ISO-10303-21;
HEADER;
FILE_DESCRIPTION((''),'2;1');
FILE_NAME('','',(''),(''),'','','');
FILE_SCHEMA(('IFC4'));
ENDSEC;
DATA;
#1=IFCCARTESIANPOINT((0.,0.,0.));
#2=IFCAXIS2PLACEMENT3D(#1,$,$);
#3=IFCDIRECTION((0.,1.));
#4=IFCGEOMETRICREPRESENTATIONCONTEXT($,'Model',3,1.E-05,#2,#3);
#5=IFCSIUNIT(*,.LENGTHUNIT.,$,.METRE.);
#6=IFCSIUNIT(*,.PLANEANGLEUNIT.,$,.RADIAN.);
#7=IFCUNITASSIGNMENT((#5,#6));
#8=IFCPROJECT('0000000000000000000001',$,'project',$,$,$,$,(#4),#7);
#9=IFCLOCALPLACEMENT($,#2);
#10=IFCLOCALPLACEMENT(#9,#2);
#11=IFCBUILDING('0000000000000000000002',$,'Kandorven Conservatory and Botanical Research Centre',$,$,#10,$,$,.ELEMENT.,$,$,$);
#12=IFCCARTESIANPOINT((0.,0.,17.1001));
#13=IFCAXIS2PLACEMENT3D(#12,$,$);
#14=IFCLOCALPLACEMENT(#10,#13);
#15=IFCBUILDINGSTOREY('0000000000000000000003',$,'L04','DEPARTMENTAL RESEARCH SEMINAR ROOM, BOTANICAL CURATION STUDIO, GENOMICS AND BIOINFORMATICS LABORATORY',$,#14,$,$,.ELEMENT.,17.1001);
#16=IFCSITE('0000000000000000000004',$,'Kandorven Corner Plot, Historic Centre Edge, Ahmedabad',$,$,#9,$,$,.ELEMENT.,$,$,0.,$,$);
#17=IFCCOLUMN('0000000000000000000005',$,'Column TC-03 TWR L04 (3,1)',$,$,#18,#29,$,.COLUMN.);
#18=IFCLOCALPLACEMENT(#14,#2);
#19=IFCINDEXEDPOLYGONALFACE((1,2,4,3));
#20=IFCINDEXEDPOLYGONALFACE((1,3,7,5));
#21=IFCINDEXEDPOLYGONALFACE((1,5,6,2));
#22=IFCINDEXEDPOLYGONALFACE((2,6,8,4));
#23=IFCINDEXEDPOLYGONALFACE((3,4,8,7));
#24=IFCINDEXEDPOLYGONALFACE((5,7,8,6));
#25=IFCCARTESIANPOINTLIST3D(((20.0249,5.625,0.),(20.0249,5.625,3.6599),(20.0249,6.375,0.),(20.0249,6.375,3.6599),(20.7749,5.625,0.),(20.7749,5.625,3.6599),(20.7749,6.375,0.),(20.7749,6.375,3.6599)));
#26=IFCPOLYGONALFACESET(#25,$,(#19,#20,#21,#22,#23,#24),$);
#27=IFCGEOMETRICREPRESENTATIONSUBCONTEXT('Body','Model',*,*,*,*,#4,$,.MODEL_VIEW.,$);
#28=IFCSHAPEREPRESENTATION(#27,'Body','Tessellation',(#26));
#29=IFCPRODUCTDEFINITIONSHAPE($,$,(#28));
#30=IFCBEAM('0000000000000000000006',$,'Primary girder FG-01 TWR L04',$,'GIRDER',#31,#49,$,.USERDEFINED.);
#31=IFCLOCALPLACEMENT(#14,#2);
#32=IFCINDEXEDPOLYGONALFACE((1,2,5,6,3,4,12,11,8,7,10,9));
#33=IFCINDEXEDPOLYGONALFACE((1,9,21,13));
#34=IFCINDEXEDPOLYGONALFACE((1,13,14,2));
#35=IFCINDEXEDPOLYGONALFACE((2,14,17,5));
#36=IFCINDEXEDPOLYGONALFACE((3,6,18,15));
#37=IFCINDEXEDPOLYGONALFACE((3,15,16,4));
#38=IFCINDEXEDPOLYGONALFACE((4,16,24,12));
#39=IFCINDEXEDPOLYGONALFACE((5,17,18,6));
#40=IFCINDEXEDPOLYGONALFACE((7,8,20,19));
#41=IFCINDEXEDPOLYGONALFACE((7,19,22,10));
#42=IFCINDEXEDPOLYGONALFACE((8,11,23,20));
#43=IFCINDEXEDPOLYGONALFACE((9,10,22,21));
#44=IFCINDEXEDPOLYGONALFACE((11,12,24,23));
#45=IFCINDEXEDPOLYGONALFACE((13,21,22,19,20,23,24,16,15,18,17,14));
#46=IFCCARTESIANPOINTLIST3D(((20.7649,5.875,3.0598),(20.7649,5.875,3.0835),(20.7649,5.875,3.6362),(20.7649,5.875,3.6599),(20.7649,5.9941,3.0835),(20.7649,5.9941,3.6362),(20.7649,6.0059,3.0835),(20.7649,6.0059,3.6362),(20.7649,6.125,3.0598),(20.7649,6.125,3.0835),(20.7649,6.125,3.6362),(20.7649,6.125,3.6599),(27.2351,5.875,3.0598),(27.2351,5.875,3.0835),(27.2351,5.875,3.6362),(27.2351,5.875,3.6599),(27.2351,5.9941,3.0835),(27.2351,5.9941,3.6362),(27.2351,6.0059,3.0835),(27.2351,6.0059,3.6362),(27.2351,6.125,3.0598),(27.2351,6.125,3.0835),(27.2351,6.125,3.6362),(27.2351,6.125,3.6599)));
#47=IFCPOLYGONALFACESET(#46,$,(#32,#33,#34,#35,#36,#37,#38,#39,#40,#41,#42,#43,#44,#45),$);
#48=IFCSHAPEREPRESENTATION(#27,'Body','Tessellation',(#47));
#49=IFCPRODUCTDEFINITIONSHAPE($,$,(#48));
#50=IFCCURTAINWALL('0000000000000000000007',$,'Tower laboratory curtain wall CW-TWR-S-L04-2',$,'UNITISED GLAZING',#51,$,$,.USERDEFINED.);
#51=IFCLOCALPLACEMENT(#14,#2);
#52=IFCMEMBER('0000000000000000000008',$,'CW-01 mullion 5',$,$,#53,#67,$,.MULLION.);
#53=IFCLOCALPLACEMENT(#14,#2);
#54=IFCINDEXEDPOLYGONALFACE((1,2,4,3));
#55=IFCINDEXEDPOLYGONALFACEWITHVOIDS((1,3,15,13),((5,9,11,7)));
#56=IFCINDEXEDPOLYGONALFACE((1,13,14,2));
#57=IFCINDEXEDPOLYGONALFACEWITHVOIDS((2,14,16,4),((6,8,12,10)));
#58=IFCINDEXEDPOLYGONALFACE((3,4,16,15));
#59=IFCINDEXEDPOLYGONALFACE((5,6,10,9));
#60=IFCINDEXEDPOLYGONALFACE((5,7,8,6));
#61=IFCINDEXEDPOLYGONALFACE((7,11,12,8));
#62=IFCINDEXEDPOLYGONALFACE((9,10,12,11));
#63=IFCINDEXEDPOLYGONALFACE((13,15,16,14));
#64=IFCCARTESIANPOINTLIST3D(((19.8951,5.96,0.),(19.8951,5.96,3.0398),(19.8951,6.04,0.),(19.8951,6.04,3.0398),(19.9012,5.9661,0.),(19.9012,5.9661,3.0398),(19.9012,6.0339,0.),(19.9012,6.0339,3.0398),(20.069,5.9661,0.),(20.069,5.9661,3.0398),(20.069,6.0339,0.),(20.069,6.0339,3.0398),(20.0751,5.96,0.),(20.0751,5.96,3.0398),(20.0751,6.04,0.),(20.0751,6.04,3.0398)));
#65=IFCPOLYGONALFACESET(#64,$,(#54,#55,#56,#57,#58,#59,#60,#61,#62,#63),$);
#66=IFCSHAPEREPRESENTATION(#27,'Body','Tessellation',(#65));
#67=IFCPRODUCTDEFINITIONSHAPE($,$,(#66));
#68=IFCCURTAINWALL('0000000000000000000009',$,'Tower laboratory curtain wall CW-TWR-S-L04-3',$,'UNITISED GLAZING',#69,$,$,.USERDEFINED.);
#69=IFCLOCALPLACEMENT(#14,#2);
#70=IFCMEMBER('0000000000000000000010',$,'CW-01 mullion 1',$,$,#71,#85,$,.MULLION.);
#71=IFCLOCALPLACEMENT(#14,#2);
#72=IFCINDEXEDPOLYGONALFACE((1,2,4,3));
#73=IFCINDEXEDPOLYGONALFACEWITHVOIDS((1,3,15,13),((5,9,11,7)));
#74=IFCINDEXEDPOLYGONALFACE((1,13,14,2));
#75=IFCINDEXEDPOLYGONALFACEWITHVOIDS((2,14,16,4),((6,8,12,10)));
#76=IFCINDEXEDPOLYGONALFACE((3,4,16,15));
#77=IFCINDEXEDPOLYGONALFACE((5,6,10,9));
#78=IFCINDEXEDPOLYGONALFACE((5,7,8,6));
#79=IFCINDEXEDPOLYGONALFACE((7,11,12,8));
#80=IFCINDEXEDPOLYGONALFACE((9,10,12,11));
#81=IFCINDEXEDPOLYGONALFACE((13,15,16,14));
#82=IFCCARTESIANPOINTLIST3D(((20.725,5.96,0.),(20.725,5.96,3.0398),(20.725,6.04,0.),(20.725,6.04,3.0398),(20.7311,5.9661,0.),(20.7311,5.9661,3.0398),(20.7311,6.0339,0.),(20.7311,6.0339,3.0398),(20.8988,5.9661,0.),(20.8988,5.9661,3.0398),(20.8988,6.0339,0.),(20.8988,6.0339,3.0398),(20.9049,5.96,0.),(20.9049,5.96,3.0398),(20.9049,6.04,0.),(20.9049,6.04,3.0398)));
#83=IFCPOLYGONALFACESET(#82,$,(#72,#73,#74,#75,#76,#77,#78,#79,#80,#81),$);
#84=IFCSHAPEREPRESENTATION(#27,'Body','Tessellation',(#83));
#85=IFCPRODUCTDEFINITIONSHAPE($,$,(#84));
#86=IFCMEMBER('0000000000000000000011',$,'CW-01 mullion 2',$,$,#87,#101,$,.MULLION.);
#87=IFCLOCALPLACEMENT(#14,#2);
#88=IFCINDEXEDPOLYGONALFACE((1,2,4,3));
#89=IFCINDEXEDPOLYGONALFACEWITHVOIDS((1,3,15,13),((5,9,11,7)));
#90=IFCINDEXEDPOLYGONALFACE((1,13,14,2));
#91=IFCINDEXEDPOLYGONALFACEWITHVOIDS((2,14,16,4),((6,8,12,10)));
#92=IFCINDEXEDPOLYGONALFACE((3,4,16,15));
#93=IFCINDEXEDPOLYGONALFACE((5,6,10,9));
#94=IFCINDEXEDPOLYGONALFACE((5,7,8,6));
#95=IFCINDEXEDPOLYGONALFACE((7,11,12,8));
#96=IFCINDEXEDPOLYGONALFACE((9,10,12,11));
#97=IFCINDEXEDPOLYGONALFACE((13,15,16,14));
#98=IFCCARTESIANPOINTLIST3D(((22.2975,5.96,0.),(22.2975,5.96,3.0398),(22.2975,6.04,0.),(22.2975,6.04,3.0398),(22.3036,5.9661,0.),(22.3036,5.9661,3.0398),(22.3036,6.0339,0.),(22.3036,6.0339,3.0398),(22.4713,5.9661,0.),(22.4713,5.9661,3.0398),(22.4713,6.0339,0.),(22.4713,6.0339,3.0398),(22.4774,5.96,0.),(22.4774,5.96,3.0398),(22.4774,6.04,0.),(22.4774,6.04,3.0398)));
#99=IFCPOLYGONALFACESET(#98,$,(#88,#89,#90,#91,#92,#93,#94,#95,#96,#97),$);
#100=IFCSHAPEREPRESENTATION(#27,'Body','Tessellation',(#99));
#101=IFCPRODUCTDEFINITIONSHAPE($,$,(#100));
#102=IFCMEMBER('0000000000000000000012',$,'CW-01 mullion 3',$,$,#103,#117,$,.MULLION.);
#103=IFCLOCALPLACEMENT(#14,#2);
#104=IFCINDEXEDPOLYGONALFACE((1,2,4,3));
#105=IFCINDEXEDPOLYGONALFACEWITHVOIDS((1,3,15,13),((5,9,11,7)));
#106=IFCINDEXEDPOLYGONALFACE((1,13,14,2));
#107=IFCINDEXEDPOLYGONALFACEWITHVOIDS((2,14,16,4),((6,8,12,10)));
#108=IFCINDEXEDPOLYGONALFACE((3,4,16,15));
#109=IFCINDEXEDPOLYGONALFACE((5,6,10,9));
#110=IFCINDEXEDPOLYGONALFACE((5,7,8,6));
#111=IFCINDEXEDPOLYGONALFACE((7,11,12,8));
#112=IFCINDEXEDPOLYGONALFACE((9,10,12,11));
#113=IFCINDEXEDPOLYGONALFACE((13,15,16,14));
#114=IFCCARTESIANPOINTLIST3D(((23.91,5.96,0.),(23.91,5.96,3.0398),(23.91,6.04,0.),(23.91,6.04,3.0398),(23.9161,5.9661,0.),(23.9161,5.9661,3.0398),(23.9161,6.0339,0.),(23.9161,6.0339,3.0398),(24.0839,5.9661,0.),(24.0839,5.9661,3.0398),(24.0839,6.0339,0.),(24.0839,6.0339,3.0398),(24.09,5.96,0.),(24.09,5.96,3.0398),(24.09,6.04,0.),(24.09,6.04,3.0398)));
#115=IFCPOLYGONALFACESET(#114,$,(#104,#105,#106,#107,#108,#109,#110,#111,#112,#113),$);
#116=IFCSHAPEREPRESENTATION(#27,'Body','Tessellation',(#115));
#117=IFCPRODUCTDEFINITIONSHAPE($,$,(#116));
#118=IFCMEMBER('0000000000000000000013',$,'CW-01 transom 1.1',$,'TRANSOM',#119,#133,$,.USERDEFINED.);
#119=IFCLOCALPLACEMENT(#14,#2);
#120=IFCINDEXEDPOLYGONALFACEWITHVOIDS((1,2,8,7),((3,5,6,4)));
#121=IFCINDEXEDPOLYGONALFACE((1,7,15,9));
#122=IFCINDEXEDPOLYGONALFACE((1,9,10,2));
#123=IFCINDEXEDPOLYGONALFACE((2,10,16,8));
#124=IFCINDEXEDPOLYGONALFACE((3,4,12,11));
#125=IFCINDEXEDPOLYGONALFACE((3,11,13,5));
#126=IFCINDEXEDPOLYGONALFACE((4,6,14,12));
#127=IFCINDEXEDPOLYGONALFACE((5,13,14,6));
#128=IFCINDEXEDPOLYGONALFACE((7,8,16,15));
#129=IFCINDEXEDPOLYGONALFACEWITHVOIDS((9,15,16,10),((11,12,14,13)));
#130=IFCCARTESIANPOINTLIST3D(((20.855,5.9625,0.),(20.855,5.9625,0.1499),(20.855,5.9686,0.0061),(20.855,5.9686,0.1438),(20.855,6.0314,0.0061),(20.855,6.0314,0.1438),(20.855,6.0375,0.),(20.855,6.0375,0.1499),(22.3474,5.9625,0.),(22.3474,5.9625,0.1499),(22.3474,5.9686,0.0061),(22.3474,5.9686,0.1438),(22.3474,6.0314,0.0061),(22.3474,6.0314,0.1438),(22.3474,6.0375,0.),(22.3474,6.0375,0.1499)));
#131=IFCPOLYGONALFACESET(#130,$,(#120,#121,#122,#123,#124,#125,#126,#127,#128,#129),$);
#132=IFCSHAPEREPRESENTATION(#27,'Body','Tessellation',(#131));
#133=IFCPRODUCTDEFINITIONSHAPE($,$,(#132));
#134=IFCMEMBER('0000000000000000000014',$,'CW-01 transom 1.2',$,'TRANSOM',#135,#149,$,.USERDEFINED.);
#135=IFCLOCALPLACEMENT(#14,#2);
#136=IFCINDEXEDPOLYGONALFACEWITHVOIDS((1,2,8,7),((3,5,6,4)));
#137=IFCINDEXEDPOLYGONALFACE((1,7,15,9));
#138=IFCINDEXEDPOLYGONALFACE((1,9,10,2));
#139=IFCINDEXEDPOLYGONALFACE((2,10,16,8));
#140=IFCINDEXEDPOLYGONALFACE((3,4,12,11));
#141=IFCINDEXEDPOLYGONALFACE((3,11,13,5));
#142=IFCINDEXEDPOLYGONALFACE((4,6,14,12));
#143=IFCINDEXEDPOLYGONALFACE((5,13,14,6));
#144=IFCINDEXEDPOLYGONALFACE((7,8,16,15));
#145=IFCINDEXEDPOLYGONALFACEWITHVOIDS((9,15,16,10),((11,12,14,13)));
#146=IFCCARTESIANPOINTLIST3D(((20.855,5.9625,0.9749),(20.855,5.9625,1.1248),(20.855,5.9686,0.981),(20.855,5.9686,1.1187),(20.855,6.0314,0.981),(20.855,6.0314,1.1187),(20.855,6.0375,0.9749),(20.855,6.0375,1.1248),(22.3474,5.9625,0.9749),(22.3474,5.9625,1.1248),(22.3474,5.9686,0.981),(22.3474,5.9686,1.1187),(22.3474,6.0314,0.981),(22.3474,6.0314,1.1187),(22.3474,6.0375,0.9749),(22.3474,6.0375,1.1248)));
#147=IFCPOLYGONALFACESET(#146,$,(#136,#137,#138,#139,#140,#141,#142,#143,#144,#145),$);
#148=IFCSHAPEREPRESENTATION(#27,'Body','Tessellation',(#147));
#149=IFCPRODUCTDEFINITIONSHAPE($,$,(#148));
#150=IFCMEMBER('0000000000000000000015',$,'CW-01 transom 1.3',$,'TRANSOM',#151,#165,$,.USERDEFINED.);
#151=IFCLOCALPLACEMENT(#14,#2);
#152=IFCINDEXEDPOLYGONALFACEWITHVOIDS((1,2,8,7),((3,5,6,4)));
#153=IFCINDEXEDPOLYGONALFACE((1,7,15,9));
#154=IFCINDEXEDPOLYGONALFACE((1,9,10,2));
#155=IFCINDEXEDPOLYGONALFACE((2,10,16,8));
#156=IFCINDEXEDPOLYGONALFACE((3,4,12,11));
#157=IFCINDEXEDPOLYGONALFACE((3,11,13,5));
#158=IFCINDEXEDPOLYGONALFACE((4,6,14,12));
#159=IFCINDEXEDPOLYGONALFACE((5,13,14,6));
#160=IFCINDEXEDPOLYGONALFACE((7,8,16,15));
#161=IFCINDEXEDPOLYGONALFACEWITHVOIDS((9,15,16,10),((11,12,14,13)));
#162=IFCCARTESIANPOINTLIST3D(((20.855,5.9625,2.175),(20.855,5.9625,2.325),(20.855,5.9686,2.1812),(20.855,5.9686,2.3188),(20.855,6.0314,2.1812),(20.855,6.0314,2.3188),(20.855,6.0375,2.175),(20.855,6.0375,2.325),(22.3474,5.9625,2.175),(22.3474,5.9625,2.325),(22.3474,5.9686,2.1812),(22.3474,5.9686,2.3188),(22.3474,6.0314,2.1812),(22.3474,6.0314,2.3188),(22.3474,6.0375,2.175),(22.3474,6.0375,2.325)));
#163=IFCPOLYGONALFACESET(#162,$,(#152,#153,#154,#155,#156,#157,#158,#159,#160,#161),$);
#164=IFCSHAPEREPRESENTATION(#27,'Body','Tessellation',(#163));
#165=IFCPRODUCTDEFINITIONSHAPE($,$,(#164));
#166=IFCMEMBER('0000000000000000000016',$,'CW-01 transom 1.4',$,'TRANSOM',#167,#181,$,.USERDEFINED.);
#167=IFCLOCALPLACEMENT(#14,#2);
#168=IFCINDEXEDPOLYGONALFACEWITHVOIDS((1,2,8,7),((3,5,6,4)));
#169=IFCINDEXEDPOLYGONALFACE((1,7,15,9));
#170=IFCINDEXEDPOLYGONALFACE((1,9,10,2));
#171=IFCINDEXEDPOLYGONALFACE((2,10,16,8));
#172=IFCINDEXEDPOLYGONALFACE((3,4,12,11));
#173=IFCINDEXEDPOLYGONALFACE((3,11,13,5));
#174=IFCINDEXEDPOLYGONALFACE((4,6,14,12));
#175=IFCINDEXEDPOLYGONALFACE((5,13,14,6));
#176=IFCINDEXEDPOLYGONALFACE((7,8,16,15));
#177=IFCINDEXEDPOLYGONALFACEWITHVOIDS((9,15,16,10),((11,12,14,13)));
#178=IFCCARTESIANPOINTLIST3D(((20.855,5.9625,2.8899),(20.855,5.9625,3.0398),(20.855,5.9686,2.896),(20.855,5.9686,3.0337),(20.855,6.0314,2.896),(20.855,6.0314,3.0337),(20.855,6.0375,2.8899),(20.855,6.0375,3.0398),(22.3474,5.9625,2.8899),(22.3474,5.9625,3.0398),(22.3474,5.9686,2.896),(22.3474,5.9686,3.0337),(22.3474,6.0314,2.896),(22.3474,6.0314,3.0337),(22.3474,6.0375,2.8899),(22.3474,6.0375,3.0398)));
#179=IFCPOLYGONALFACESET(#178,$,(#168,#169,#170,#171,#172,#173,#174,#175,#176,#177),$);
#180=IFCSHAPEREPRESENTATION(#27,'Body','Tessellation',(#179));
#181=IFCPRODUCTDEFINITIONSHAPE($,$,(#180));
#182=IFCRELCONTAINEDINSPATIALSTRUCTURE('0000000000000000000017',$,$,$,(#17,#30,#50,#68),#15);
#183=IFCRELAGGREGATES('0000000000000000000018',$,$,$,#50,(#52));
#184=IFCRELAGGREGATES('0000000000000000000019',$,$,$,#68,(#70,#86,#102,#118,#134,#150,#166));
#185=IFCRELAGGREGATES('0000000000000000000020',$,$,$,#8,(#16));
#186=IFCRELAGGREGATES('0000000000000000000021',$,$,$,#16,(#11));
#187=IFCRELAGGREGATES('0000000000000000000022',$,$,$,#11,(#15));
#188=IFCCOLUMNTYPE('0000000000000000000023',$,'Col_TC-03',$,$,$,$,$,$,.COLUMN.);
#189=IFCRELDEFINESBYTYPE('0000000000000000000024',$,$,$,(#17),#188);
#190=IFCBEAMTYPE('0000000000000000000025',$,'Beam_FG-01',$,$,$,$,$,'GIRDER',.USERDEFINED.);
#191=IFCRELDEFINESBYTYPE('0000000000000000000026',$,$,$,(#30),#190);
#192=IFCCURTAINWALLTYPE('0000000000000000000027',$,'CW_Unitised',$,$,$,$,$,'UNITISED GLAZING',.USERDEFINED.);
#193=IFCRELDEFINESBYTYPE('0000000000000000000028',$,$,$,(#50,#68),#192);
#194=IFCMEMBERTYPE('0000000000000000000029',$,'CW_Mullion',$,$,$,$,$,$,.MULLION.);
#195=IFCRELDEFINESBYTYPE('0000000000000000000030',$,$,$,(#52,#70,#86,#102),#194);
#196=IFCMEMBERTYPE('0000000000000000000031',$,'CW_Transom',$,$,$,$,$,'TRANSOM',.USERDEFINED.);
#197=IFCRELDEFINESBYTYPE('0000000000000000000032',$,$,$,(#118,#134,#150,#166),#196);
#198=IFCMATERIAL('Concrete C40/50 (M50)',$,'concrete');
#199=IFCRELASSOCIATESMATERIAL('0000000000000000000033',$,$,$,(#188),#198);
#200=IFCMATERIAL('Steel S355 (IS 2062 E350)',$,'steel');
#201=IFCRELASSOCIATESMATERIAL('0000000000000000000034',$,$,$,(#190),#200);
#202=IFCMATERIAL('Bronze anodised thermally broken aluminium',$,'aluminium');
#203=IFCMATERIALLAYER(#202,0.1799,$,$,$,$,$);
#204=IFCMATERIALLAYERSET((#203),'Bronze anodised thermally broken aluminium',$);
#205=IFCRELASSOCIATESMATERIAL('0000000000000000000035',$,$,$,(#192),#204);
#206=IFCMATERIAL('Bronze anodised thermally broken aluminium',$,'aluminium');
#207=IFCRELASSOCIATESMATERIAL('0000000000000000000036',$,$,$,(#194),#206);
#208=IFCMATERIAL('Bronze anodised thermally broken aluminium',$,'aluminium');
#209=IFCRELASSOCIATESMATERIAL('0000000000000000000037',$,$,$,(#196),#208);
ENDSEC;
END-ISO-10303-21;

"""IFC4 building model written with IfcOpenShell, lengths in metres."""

from ifc_helpers import new_model, si_unit, direction, frame, origin, origin_2d, place, context, subcontext, project, spatial, rectangle, hollow_rectangle, i_section, extrude, material, layer, layer_set, material_profile, profile_set, type_object, element, aggregate, save


model = new_model("IFC4")

# Units and contexts
model_context = context("Model", 3, precision=1e-05, world=origin(), true_north=direction((0.0, 1.0)))
body_context = subcontext(model_context, "Body", "Model", "MODEL_VIEW")
ifc_project = project(units=[si_unit("LENGTHUNIT", "METRE"), si_unit("PLANEANGLEUNIT", "RADIAN")], contexts=[model_context])

# Site, building, storey
site_placement = place(None, origin())
site = spatial("IfcSite", under=ifc_project, at=site_placement, Name="Kandorven Corner Plot, Historic Centre Edge, Ahmedabad", CompositionType="ELEMENT", RefElevation=0.0)
building_placement = place(site_placement, origin())
building = spatial("IfcBuilding", under=site, at=building_placement, Name="Kandorven Conservatory and Botanical Research Centre", CompositionType="ELEMENT")
storey_placement = place(building_placement, frame((0.0, 0.0, 17.1001)))
storey = spatial("IfcBuildingStorey", under=building, at=storey_placement, Name="L04", Description="DEPARTMENTAL RESEARCH SEMINAR ROOM, BOTANICAL CURATION STUDIO, GENOMICS AND BIOINFORMATICS LABORATORY", CompositionType="ELEMENT", Elevation=17.1001)

# Column
ifc_material_1 = material(Name="Concrete C40/50 (M50)", Category="concrete")
ifc_material_profile_1 = material_profile(ifc_material_1, rectangle(XDim=0.75, YDim=0.75, at=origin_2d()))
ifc_profile_set_1 = profile_set([ifc_material_profile_1], Name="Concrete C40/50 (M50)")
column_type = type_object("IfcColumnType", Name="Col_TC-03", PredefinedType="COLUMN", material=ifc_profile_set_1)
column_placement = place(storey_placement, frame((20.3999, 6.0, 0.0), z_axis=(0.0, 0.0, 1.0), x_axis=(1.0, 0.0, 0.0)))
element("IfcColumn", 1, at=column_placement, inside=storey, type_object=column_type, Name="Column TC-03 TWR L04 (3,1)", PredefinedType="COLUMN", context=body_context, shape_type="SweptSolid", body=[
    extrude(rectangle(XDim=0.75, YDim=0.75, at=origin_2d()), origin(), (0.0, 0.0, 1.0), 3.6599),
])

# Beam
ifc_material_2 = material(Name="Steel S355 (IS 2062 E350)", Category="steel")
ifc_material_profile_2 = material_profile(ifc_material_2, i_section(OverallWidth=0.25, OverallDepth=0.6001, WebThickness=0.0117, FlangeThickness=0.0237, at=origin_2d()))
ifc_profile_set_2 = profile_set([ifc_material_profile_2], Name="Steel S355 (IS 2062 E350)")
beam_type = type_object("IfcBeamType", Name="Beam_FG-01", ElementType="GIRDER", PredefinedType="USERDEFINED", material=ifc_profile_set_2)
beam_placement = place(storey_placement, frame((20.7649, 6.0, 3.3599), z_axis=(1.0, 0.0, 0.0), x_axis=(0.0, 1.0, 0.0)))
element("IfcBeam", 2, at=beam_placement, inside=storey, type_object=beam_type, Name="Primary girder FG-01 TWR L04", ObjectType="GIRDER", PredefinedType="USERDEFINED", context=body_context, shape_type="SweptSolid", body=[
    extrude(i_section(OverallWidth=0.25, OverallDepth=0.6001, WebThickness=0.0117, FlangeThickness=0.0237, at=origin_2d()), origin(), (0.0, 0.0, 1.0), 6.4702),
])

# Curtain wall, member
ifc_material_3 = material(Name="Bronze anodised thermally broken aluminium", Category="aluminium")
ifc_layer_1 = layer(ifc_material_3, 0.1799)
ifc_layer_set_1 = layer_set([ifc_layer_1], Name="Bronze anodised thermally broken aluminium")
curtain_wall_type = type_object("IfcCurtainWallType", Name="CW_Unitised", ElementType="UNITISED GLAZING", PredefinedType="USERDEFINED", material=ifc_layer_set_1)
curtain_wall_1_placement = place(storey_placement, origin())
curtain_wall_1 = element("IfcCurtainWall", 3, at=curtain_wall_1_placement, inside=storey, type_object=curtain_wall_type, Name="Tower laboratory curtain wall CW-TWR-S-L04-2", ObjectType="UNITISED GLAZING", PredefinedType="USERDEFINED")
ifc_material_4 = material(Name="Bronze anodised thermally broken aluminium", Category="aluminium")
ifc_material_profile_3 = material_profile(ifc_material_4, hollow_rectangle(XDim=0.0801, YDim=0.1799, WallThickness=0.0061, at=origin_2d()))
ifc_profile_set_3 = profile_set([ifc_material_profile_3], Name="Bronze anodised thermally broken aluminium")
member_type_1 = type_object("IfcMemberType", Name="CW_Mullion", PredefinedType="MULLION", material=ifc_profile_set_3)
member_1_placement = place(storey_placement, frame((19.9851, 6.0, 0.0), z_axis=(0.0, 0.0, 1.0), x_axis=(0.0, 1.0, 0.0)))
member_1 = element("IfcMember", 4, at=member_1_placement, type_object=member_type_1, Name="CW-01 mullion 5", PredefinedType="MULLION", context=body_context, shape_type="SweptSolid", body=[
    extrude(hollow_rectangle(XDim=0.0801, YDim=0.1799, WallThickness=0.0061, at=origin_2d()), origin(), (0.0, 0.0, 1.0), 3.0398),
])

# Curtain wall, members
curtain_wall_2_placement = place(storey_placement, origin())
curtain_wall_2 = element("IfcCurtainWall", 5, at=curtain_wall_2_placement, inside=storey, type_object=curtain_wall_type, Name="Tower laboratory curtain wall CW-TWR-S-L04-3", ObjectType="UNITISED GLAZING", PredefinedType="USERDEFINED")
member_2_placement = place(storey_placement, frame((20.8149, 6.0, 0.0), z_axis=(0.0, 0.0, 1.0), x_axis=(0.0, 1.0, 0.0)))
member_2 = element("IfcMember", 6, at=member_2_placement, type_object=member_type_1, Name="CW-01 mullion 1", PredefinedType="MULLION", context=body_context, shape_type="SweptSolid", body=[
    extrude(hollow_rectangle(XDim=0.0801, YDim=0.1799, WallThickness=0.0061, at=origin_2d()), origin(), (0.0, 0.0, 1.0), 3.0398),
])
member_3_placement = place(storey_placement, frame((22.3875, 6.0, 0.0), z_axis=(0.0, 0.0, 1.0), x_axis=(0.0, 1.0, 0.0)))
member_3 = element("IfcMember", 7, at=member_3_placement, type_object=member_type_1, Name="CW-01 mullion 2", PredefinedType="MULLION", context=body_context, shape_type="SweptSolid", body=[
    extrude(hollow_rectangle(XDim=0.0801, YDim=0.1799, WallThickness=0.0061, at=origin_2d()), origin(), (0.0, 0.0, 1.0), 3.0398),
])
member_4_placement = place(storey_placement, frame((24.0, 6.0, 0.0), z_axis=(0.0, 0.0, 1.0), x_axis=(0.0, 1.0, 0.0)))
member_4 = element("IfcMember", 8, at=member_4_placement, type_object=member_type_1, Name="CW-01 mullion 3", PredefinedType="MULLION", context=body_context, shape_type="SweptSolid", body=[
    extrude(hollow_rectangle(XDim=0.0801, YDim=0.1799, WallThickness=0.0061, at=origin_2d()), origin(), (0.0, 0.0, 1.0), 3.0398),
])
ifc_material_5 = material(Name="Bronze anodised thermally broken aluminium", Category="aluminium")
ifc_material_profile_4 = material_profile(ifc_material_5, hollow_rectangle(XDim=0.075, YDim=0.1499, WallThickness=0.0061, at=origin_2d()))
ifc_profile_set_4 = profile_set([ifc_material_profile_4], Name="Bronze anodised thermally broken aluminium")
member_type_2 = type_object("IfcMemberType", Name="CW_Transom", ElementType="TRANSOM", PredefinedType="USERDEFINED", material=ifc_profile_set_4)
member_5_placement = place(storey_placement, frame((20.855, 6.0, 0.075), z_axis=(1.0, 0.0, 0.0), x_axis=(0.0, 1.0, 0.0)))
member_5 = element("IfcMember", 9, at=member_5_placement, type_object=member_type_2, Name="CW-01 transom 1.1", ObjectType="TRANSOM", PredefinedType="USERDEFINED", context=body_context, shape_type="SweptSolid", body=[
    extrude(hollow_rectangle(XDim=0.075, YDim=0.1499, WallThickness=0.0061, at=origin_2d()), origin(), (0.0, 0.0, 1.0), 1.4924),
])
member_6_placement = place(storey_placement, frame((20.855, 6.0, 1.0498), z_axis=(1.0, 0.0, 0.0), x_axis=(0.0, 1.0, 0.0)))
member_6 = element("IfcMember", 10, at=member_6_placement, type_object=member_type_2, Name="CW-01 transom 1.2", ObjectType="TRANSOM", PredefinedType="USERDEFINED", context=body_context, shape_type="SweptSolid", body=[
    extrude(hollow_rectangle(XDim=0.075, YDim=0.1499, WallThickness=0.0061, at=origin_2d()), origin(), (0.0, 0.0, 1.0), 1.4924),
])
member_7_placement = place(storey_placement, frame((20.855, 6.0, 2.25), z_axis=(1.0, 0.0, 0.0), x_axis=(0.0, 1.0, 0.0)))
member_7 = element("IfcMember", 11, at=member_7_placement, type_object=member_type_2, Name="CW-01 transom 1.3", ObjectType="TRANSOM", PredefinedType="USERDEFINED", context=body_context, shape_type="SweptSolid", body=[
    extrude(hollow_rectangle(XDim=0.075, YDim=0.1499, WallThickness=0.0061, at=origin_2d()), origin(), (0.0, 0.0, 1.0), 1.4924),
])
member_8_placement = place(storey_placement, frame((20.855, 6.0, 2.9648), z_axis=(1.0, 0.0, 0.0), x_axis=(0.0, 1.0, 0.0)))
member_8 = element("IfcMember", 12, at=member_8_placement, type_object=member_type_2, Name="CW-01 transom 1.4", ObjectType="TRANSOM", PredefinedType="USERDEFINED", context=body_context, shape_type="SweptSolid", body=[
    extrude(hollow_rectangle(XDim=0.075, YDim=0.1499, WallThickness=0.0061, at=origin_2d()), origin(), (0.0, 0.0, 1.0), 1.4924),
])

aggregate(curtain_wall_1, [member_1])
aggregate(curtain_wall_2, [member_2, member_3, member_4, member_5, member_6, member_7, member_8])

save(model, "model.ifc")
